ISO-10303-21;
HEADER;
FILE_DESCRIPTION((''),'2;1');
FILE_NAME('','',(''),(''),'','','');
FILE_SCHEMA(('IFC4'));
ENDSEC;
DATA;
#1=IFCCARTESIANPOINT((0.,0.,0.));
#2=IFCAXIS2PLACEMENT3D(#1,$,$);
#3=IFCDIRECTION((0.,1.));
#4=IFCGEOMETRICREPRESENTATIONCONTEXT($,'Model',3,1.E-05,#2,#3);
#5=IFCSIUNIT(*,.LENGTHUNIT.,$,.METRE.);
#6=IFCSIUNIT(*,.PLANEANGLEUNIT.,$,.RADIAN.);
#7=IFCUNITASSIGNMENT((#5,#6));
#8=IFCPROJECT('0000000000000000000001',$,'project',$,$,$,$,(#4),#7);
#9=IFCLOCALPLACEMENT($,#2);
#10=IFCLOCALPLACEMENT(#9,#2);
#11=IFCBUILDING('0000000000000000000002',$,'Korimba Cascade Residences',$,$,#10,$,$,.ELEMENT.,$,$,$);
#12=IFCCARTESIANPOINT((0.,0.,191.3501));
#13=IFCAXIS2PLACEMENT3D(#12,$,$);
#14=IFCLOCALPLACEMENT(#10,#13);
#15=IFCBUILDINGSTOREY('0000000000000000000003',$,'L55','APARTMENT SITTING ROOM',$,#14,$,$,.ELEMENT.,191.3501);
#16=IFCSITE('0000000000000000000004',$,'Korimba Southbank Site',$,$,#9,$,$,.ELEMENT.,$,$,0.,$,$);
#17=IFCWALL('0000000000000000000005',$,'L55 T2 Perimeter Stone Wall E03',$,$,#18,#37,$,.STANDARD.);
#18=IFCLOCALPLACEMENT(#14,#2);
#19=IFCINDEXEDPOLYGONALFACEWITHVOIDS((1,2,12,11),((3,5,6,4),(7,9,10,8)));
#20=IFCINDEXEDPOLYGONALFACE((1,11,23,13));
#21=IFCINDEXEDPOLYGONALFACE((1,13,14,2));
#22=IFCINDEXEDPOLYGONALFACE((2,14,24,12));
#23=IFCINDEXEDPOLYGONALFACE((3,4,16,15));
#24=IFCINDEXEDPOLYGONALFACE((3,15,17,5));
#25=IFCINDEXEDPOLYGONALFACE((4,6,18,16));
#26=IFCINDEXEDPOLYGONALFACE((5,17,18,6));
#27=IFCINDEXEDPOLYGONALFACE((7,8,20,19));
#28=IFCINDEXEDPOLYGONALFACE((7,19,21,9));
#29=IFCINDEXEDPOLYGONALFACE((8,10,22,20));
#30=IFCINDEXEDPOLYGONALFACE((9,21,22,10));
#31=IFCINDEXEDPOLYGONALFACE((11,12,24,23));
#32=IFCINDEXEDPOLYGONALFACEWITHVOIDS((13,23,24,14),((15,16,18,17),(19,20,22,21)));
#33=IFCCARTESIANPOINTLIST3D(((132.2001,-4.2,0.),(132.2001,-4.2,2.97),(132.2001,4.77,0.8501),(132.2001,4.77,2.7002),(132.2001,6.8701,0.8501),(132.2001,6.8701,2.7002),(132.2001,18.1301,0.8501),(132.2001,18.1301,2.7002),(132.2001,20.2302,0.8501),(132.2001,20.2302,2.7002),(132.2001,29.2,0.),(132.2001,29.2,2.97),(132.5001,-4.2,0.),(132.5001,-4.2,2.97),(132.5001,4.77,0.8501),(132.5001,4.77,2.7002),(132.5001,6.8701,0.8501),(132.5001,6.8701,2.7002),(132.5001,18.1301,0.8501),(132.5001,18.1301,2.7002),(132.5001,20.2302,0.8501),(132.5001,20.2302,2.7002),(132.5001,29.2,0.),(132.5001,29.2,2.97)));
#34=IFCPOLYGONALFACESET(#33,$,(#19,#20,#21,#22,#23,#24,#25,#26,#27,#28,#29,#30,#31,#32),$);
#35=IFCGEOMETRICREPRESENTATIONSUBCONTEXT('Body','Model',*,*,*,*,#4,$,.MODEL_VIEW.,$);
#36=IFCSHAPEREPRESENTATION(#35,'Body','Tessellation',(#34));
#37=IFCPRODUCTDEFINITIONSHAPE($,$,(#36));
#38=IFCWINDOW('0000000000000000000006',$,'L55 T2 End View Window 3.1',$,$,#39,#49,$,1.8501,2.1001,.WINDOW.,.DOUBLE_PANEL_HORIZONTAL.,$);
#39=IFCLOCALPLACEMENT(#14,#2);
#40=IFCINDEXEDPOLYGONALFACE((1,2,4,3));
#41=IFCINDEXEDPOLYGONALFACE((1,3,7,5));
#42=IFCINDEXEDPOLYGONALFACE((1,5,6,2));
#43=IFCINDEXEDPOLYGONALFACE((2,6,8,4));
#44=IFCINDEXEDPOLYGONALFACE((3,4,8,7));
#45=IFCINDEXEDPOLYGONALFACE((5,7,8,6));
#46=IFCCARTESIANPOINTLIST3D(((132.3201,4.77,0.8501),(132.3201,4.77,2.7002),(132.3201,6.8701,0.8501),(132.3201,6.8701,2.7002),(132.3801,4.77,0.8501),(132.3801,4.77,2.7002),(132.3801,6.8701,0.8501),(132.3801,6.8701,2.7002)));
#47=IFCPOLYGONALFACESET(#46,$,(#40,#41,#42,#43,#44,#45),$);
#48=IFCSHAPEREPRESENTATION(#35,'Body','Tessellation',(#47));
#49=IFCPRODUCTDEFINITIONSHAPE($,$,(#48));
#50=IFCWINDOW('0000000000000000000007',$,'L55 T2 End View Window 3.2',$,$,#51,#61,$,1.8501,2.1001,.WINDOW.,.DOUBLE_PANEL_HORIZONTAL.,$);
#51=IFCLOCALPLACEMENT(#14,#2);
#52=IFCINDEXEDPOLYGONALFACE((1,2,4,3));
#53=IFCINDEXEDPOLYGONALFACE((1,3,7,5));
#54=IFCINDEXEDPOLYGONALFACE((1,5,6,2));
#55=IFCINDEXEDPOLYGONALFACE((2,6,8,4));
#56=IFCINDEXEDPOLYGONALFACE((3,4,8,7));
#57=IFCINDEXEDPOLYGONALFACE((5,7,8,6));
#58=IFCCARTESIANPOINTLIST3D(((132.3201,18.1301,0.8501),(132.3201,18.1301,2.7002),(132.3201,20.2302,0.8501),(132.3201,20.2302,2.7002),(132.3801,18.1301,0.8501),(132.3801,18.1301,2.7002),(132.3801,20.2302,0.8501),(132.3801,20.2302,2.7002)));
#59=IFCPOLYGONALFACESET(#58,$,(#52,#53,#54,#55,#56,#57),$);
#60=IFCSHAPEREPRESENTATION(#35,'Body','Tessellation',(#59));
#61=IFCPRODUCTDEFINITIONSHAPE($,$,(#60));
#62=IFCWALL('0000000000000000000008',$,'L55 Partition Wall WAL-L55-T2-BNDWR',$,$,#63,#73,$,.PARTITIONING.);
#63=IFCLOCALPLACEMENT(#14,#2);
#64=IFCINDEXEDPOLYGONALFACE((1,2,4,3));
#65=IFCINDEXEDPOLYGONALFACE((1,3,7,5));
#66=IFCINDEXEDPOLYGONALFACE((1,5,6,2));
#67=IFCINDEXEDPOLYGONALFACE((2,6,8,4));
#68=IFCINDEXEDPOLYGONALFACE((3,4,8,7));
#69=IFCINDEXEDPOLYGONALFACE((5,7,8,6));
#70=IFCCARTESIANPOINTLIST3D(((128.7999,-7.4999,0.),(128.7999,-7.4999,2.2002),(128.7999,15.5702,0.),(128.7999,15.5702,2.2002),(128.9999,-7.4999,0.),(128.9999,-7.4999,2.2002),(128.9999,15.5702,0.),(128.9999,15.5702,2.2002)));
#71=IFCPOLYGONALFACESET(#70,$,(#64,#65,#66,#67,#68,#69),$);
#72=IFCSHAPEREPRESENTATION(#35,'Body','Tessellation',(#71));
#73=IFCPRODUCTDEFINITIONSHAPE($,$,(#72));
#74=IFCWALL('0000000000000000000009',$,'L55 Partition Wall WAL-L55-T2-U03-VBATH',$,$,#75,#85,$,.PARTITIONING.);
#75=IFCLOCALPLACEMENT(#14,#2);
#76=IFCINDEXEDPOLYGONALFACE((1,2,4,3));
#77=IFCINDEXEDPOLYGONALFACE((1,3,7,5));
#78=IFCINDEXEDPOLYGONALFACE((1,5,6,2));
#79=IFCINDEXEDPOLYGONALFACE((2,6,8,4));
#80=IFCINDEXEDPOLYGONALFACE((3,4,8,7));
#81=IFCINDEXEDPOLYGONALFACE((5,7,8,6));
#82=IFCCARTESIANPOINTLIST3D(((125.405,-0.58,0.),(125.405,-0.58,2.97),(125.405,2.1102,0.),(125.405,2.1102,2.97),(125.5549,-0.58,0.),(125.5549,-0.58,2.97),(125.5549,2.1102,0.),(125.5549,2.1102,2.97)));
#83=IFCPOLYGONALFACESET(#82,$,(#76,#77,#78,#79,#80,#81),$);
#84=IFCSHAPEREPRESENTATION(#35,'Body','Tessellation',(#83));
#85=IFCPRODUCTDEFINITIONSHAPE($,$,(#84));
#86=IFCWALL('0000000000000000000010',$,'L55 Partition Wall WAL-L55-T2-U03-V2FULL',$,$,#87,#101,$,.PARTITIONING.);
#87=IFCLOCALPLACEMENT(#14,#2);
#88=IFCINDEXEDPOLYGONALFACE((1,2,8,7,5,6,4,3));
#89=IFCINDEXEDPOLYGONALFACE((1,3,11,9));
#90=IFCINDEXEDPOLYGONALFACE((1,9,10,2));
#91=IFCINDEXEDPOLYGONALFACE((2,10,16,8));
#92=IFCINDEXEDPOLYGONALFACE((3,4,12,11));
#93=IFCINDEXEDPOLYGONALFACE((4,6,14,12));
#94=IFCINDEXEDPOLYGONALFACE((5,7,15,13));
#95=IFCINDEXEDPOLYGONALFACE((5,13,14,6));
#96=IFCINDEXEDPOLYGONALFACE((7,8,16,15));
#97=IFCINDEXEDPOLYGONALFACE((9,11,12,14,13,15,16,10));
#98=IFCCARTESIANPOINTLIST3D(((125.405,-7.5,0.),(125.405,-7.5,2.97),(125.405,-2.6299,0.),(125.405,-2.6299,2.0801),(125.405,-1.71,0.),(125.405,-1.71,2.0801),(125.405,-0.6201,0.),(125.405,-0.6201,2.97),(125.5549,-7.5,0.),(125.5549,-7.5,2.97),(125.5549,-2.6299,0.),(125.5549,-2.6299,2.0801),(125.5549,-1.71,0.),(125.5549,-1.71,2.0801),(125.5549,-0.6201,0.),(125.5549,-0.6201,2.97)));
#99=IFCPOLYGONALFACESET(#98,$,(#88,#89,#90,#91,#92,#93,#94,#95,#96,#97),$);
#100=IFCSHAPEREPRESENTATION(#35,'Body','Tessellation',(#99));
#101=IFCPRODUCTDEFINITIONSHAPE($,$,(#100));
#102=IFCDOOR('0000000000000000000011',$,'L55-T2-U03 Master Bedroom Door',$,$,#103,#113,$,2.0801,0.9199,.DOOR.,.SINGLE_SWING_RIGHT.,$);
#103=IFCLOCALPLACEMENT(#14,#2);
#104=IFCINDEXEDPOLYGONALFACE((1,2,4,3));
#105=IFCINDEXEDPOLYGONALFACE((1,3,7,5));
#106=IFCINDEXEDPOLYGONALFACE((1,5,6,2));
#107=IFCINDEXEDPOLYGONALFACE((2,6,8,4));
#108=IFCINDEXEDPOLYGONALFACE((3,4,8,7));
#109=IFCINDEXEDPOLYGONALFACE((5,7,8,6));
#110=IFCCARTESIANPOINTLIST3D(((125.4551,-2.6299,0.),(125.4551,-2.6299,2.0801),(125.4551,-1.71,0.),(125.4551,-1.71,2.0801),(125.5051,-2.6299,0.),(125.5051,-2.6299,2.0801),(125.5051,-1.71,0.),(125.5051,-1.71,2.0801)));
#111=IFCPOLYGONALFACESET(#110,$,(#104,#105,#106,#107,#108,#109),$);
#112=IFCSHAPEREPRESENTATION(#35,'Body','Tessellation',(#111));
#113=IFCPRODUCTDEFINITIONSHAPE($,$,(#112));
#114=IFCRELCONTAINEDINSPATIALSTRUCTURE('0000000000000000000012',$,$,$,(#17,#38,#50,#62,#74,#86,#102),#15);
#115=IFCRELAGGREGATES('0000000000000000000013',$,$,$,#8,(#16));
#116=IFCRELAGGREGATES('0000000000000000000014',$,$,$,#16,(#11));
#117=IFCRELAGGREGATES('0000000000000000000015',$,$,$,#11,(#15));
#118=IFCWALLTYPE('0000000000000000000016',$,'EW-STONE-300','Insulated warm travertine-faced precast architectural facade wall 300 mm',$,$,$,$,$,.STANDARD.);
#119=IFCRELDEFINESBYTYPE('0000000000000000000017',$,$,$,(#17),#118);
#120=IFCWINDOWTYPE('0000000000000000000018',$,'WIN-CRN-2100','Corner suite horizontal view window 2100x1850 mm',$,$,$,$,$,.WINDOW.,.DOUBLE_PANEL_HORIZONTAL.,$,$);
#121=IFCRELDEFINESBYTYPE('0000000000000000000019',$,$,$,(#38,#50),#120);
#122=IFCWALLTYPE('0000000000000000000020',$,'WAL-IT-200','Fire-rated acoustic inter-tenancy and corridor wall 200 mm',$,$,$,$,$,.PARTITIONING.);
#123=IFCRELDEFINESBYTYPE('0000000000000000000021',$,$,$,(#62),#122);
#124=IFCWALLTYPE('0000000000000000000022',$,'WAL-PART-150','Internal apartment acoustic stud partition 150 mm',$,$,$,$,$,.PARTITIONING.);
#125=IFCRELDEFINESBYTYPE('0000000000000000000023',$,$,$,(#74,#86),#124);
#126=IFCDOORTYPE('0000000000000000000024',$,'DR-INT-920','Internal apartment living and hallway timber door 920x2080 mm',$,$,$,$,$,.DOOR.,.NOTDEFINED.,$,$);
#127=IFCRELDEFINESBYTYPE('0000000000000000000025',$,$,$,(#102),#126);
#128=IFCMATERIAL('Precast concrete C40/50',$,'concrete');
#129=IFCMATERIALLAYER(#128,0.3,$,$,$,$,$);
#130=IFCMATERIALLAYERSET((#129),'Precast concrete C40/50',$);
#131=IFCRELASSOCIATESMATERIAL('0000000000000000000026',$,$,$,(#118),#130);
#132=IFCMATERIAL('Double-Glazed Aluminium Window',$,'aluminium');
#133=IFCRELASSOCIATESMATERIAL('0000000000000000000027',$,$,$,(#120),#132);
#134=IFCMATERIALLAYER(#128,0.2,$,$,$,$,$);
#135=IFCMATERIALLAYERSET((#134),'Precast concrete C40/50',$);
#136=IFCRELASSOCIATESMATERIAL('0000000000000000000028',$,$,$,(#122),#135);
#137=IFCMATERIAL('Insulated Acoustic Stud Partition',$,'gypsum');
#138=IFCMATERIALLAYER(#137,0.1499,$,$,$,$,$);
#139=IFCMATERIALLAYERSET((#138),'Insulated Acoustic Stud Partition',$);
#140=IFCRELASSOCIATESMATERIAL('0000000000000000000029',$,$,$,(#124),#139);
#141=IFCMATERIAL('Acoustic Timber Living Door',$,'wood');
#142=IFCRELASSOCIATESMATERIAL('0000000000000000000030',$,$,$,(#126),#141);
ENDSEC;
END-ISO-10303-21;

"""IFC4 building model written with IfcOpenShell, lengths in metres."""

from ifc_helpers import new_model, si_unit, direction, frame, frame_2d, origin, place, context, subcontext, project, spatial, rectangle, extrude, material, layer, layer_set, type_object, element, fill, save


model = new_model("IFC4")

# Units and contexts
model_context = context("Model", 3, precision=1e-05, world=origin(), true_north=direction((0.0, 1.0)))
body_context = subcontext(model_context, "Body", "Model", "MODEL_VIEW")
ifc_project = project(units=[si_unit("LENGTHUNIT", "METRE"), si_unit("PLANEANGLEUNIT", "RADIAN")], contexts=[model_context])

# Site, building, storey
site_placement = place(None, origin())
site = spatial("IfcSite", under=ifc_project, at=site_placement, Name="Korimba Southbank Site", CompositionType="ELEMENT", RefElevation=0.0)
building_placement = place(site_placement, origin())
building = spatial("IfcBuilding", under=site, at=building_placement, Name="Korimba Cascade Residences", CompositionType="ELEMENT")
storey_placement = place(building_placement, frame((0.0, 0.0, 191.3501)))
storey = spatial("IfcBuildingStorey", under=building, at=storey_placement, Name="L55", Description="APARTMENT SITTING ROOM", CompositionType="ELEMENT", Elevation=191.3501)

# Shared definitions
ifc_material_1 = material(Name="Precast concrete C40/50", Category="concrete")
ifc_layer_1 = layer(ifc_material_1, 0.3)
ifc_layer_set_1 = layer_set([ifc_layer_1], Name="Precast concrete C40/50")
wall_type_1 = type_object("IfcWallType", Name="EW-STONE-300", Description="Insulated warm travertine-faced precast architectural facade wall 300 mm", PredefinedType="STANDARD", material=ifc_layer_set_1)

# Wall, openings, windows
wall_1_placement = place(storey_placement, frame((132.3501, -4.2, 0.0), z_axis=(0.0, 0.0, 1.0), x_axis=(0.0, 1.0, 0.0)))
wall_1 = element("IfcWall", 1, at=wall_1_placement, inside=storey, type_object=wall_type_1, Name="L55 T2 Perimeter Stone Wall E03", PredefinedType="STANDARD", context=body_context, shape_type="SweptSolid", body=[
    extrude(rectangle(XDim=33.3999, YDim=0.3, at=frame_2d((16.7, 0.0))), origin(), (0.0, 0.0, 1.0), 2.97),
])
opening_1_placement = place(wall_1_placement, frame((8.97, 0.0, 0.8501)))
opening_1 = element("IfcOpeningElement", 2, at=opening_1_placement, cuts=wall_1, PredefinedType="OPENING", context=body_context, shape_type="SweptSolid", body=[
    extrude(rectangle(XDim=2.1001, YDim=1.8501, at=frame_2d((1.05, 0.925))), frame((0.0, 0.1602, 0.0), z_axis=(0.0, -1.0, 0.0), x_axis=(1.0, 0.0, 0.0)), (0.0, 0.0, 1.0), 0.3201),
])
opening_2_placement = place(wall_1_placement, frame((22.3301, 0.0, 0.8501)))
opening_2 = element("IfcOpeningElement", 3, at=opening_2_placement, cuts=wall_1, PredefinedType="OPENING", context=body_context, shape_type="SweptSolid", body=[
    extrude(rectangle(XDim=2.1001, YDim=1.8501, at=frame_2d((1.05, 0.925))), frame((0.0, 0.1602, 0.0), z_axis=(0.0, -1.0, 0.0), x_axis=(1.0, 0.0, 0.0)), (0.0, 0.0, 1.0), 0.3201),
])
ifc_material_2 = material(Name="Double-Glazed Aluminium Window", Category="aluminium")
window_type = type_object("IfcWindowType", Name="WIN-CRN-2100", Description="Corner suite horizontal view window 2100x1850 mm", PartitioningType="DOUBLE_PANEL_HORIZONTAL", PredefinedType="WINDOW", material=ifc_material_2)
window_1_placement = place(opening_1_placement, origin())
window_1 = element("IfcWindow", 4, at=window_1_placement, inside=storey, type_object=window_type, Name="L55 T2 End View Window 3.1", OverallHeight=1.8501, OverallWidth=2.1001, PartitioningType="DOUBLE_PANEL_HORIZONTAL", PredefinedType="WINDOW", context=body_context, shape_type="SweptSolid", body=[
    extrude(rectangle(XDim=2.1001, YDim=1.8501, at=frame_2d((1.05, 0.925))), frame((0.0, 0.03, 0.0), z_axis=(0.0, -1.0, 0.0), x_axis=(1.0, 0.0, 0.0)), (0.0, 0.0, 1.0), 0.0601),
])
fill(opening_1, window_1)
window_2_placement = place(opening_2_placement, origin())
window_2 = element("IfcWindow", 5, at=window_2_placement, inside=storey, type_object=window_type, Name="L55 T2 End View Window 3.2", OverallHeight=1.8501, OverallWidth=2.1001, PartitioningType="DOUBLE_PANEL_HORIZONTAL", PredefinedType="WINDOW", context=body_context, shape_type="SweptSolid", body=[
    extrude(rectangle(XDim=2.1001, YDim=1.8501, at=frame_2d((1.05, 0.925))), frame((0.0, 0.03, 0.0), z_axis=(0.0, -1.0, 0.0), x_axis=(1.0, 0.0, 0.0)), (0.0, 0.0, 1.0), 0.0601),
])
fill(opening_2, window_2)

# Walls
ifc_layer_2 = layer(ifc_material_1, 0.2)
ifc_layer_set_2 = layer_set([ifc_layer_2], Name="Precast concrete C40/50")
wall_type_2 = type_object("IfcWallType", Name="WAL-IT-200", Description="Fire-rated acoustic inter-tenancy and corridor wall 200 mm", PredefinedType="PARTITIONING", material=ifc_layer_set_2)
wall_2_placement = place(storey_placement, frame((128.8999, -7.5, 0.0), z_axis=(0.0, 0.0, 1.0), x_axis=(0.0, 1.0, 0.0)))
element("IfcWall", 6, at=wall_2_placement, inside=storey, type_object=wall_type_2, Name="L55 Partition Wall WAL-L55-T2-BNDWR", PredefinedType="PARTITIONING", context=body_context, shape_type="SweptSolid", body=[
    extrude(rectangle(XDim=23.0701, YDim=0.2, at=frame_2d((11.5352, 0.0))), origin(), (0.0, 0.0, 1.0), 2.2002),
])
ifc_material_3 = material(Name="Insulated Acoustic Stud Partition", Category="gypsum")
ifc_layer_3 = layer(ifc_material_3, 0.1499)
ifc_layer_set_3 = layer_set([ifc_layer_3], Name="Insulated Acoustic Stud Partition")
wall_type_3 = type_object("IfcWallType", Name="WAL-PART-150", Description="Internal apartment acoustic stud partition 150 mm", PredefinedType="PARTITIONING", material=ifc_layer_set_3)
wall_3_placement = place(storey_placement, frame((125.48, -0.5801, 0.0), z_axis=(0.0, 0.0, 1.0), x_axis=(0.0, 1.0, 0.0)))
element("IfcWall", 7, at=wall_3_placement, inside=storey, type_object=wall_type_3, Name="L55 Partition Wall WAL-L55-T2-U03-VBATH", PredefinedType="PARTITIONING", context=body_context, shape_type="SweptSolid", body=[
    extrude(rectangle(XDim=2.6902, YDim=0.1499, at=frame_2d((1.3452, 0.0))), origin(), (0.0, 0.0, 1.0), 2.97),
])

# Wall, opening, door
wall_4_placement = place(storey_placement, frame((125.48, -7.5, 0.0), z_axis=(0.0, 0.0, 1.0), x_axis=(0.0, 1.0, 0.0)))
wall_4 = element("IfcWall", 8, at=wall_4_placement, inside=storey, type_object=wall_type_3, Name="L55 Partition Wall WAL-L55-T2-U03-V2FULL", PredefinedType="PARTITIONING", context=body_context, shape_type="SweptSolid", body=[
    extrude(rectangle(XDim=6.8799, YDim=0.1499, at=frame_2d((3.4399, 0.0))), origin(), (0.0, 0.0, 1.0), 2.97),
])
opening_3_placement = place(wall_4_placement, frame((4.8701, 0.0, 0.0)))
opening_3 = element("IfcOpeningElement", 9, at=opening_3_placement, cuts=wall_4, PredefinedType="OPENING", context=body_context, shape_type="SweptSolid", body=[
    extrude(rectangle(XDim=0.9199, YDim=2.0801, at=frame_2d((0.46, 1.04))), frame((0.0, 0.085, 0.0), z_axis=(0.0, -1.0, 0.0), x_axis=(1.0, 0.0, 0.0)), (0.0, 0.0, 1.0), 0.1699),
])
ifc_material_4 = material(Name="Acoustic Timber Living Door", Category="wood")
door_type = type_object("IfcDoorType", Name="DR-INT-920", Description="Internal apartment living and hallway timber door 920x2080 mm", OperationType="NOTDEFINED", PredefinedType="DOOR", material=ifc_material_4)
door_placement = place(opening_3_placement, origin())
door = element("IfcDoor", 10, at=door_placement, inside=storey, type_object=door_type, Name="L55-T2-U03 Master Bedroom Door", OperationType="SINGLE_SWING_RIGHT", OverallHeight=2.0801, OverallWidth=0.9199, PredefinedType="DOOR", context=body_context, shape_type="SweptSolid", body=[
    extrude(rectangle(XDim=0.9199, YDim=2.0801, at=frame_2d((0.46, 1.04))), frame((0.0, 0.0249, 0.0), z_axis=(0.0, -1.0, 0.0), x_axis=(1.0, 0.0, 0.0)), (0.0, 0.0, 1.0), 0.05),
])
fill(opening_3, door)

save(model, "model.ifc")
